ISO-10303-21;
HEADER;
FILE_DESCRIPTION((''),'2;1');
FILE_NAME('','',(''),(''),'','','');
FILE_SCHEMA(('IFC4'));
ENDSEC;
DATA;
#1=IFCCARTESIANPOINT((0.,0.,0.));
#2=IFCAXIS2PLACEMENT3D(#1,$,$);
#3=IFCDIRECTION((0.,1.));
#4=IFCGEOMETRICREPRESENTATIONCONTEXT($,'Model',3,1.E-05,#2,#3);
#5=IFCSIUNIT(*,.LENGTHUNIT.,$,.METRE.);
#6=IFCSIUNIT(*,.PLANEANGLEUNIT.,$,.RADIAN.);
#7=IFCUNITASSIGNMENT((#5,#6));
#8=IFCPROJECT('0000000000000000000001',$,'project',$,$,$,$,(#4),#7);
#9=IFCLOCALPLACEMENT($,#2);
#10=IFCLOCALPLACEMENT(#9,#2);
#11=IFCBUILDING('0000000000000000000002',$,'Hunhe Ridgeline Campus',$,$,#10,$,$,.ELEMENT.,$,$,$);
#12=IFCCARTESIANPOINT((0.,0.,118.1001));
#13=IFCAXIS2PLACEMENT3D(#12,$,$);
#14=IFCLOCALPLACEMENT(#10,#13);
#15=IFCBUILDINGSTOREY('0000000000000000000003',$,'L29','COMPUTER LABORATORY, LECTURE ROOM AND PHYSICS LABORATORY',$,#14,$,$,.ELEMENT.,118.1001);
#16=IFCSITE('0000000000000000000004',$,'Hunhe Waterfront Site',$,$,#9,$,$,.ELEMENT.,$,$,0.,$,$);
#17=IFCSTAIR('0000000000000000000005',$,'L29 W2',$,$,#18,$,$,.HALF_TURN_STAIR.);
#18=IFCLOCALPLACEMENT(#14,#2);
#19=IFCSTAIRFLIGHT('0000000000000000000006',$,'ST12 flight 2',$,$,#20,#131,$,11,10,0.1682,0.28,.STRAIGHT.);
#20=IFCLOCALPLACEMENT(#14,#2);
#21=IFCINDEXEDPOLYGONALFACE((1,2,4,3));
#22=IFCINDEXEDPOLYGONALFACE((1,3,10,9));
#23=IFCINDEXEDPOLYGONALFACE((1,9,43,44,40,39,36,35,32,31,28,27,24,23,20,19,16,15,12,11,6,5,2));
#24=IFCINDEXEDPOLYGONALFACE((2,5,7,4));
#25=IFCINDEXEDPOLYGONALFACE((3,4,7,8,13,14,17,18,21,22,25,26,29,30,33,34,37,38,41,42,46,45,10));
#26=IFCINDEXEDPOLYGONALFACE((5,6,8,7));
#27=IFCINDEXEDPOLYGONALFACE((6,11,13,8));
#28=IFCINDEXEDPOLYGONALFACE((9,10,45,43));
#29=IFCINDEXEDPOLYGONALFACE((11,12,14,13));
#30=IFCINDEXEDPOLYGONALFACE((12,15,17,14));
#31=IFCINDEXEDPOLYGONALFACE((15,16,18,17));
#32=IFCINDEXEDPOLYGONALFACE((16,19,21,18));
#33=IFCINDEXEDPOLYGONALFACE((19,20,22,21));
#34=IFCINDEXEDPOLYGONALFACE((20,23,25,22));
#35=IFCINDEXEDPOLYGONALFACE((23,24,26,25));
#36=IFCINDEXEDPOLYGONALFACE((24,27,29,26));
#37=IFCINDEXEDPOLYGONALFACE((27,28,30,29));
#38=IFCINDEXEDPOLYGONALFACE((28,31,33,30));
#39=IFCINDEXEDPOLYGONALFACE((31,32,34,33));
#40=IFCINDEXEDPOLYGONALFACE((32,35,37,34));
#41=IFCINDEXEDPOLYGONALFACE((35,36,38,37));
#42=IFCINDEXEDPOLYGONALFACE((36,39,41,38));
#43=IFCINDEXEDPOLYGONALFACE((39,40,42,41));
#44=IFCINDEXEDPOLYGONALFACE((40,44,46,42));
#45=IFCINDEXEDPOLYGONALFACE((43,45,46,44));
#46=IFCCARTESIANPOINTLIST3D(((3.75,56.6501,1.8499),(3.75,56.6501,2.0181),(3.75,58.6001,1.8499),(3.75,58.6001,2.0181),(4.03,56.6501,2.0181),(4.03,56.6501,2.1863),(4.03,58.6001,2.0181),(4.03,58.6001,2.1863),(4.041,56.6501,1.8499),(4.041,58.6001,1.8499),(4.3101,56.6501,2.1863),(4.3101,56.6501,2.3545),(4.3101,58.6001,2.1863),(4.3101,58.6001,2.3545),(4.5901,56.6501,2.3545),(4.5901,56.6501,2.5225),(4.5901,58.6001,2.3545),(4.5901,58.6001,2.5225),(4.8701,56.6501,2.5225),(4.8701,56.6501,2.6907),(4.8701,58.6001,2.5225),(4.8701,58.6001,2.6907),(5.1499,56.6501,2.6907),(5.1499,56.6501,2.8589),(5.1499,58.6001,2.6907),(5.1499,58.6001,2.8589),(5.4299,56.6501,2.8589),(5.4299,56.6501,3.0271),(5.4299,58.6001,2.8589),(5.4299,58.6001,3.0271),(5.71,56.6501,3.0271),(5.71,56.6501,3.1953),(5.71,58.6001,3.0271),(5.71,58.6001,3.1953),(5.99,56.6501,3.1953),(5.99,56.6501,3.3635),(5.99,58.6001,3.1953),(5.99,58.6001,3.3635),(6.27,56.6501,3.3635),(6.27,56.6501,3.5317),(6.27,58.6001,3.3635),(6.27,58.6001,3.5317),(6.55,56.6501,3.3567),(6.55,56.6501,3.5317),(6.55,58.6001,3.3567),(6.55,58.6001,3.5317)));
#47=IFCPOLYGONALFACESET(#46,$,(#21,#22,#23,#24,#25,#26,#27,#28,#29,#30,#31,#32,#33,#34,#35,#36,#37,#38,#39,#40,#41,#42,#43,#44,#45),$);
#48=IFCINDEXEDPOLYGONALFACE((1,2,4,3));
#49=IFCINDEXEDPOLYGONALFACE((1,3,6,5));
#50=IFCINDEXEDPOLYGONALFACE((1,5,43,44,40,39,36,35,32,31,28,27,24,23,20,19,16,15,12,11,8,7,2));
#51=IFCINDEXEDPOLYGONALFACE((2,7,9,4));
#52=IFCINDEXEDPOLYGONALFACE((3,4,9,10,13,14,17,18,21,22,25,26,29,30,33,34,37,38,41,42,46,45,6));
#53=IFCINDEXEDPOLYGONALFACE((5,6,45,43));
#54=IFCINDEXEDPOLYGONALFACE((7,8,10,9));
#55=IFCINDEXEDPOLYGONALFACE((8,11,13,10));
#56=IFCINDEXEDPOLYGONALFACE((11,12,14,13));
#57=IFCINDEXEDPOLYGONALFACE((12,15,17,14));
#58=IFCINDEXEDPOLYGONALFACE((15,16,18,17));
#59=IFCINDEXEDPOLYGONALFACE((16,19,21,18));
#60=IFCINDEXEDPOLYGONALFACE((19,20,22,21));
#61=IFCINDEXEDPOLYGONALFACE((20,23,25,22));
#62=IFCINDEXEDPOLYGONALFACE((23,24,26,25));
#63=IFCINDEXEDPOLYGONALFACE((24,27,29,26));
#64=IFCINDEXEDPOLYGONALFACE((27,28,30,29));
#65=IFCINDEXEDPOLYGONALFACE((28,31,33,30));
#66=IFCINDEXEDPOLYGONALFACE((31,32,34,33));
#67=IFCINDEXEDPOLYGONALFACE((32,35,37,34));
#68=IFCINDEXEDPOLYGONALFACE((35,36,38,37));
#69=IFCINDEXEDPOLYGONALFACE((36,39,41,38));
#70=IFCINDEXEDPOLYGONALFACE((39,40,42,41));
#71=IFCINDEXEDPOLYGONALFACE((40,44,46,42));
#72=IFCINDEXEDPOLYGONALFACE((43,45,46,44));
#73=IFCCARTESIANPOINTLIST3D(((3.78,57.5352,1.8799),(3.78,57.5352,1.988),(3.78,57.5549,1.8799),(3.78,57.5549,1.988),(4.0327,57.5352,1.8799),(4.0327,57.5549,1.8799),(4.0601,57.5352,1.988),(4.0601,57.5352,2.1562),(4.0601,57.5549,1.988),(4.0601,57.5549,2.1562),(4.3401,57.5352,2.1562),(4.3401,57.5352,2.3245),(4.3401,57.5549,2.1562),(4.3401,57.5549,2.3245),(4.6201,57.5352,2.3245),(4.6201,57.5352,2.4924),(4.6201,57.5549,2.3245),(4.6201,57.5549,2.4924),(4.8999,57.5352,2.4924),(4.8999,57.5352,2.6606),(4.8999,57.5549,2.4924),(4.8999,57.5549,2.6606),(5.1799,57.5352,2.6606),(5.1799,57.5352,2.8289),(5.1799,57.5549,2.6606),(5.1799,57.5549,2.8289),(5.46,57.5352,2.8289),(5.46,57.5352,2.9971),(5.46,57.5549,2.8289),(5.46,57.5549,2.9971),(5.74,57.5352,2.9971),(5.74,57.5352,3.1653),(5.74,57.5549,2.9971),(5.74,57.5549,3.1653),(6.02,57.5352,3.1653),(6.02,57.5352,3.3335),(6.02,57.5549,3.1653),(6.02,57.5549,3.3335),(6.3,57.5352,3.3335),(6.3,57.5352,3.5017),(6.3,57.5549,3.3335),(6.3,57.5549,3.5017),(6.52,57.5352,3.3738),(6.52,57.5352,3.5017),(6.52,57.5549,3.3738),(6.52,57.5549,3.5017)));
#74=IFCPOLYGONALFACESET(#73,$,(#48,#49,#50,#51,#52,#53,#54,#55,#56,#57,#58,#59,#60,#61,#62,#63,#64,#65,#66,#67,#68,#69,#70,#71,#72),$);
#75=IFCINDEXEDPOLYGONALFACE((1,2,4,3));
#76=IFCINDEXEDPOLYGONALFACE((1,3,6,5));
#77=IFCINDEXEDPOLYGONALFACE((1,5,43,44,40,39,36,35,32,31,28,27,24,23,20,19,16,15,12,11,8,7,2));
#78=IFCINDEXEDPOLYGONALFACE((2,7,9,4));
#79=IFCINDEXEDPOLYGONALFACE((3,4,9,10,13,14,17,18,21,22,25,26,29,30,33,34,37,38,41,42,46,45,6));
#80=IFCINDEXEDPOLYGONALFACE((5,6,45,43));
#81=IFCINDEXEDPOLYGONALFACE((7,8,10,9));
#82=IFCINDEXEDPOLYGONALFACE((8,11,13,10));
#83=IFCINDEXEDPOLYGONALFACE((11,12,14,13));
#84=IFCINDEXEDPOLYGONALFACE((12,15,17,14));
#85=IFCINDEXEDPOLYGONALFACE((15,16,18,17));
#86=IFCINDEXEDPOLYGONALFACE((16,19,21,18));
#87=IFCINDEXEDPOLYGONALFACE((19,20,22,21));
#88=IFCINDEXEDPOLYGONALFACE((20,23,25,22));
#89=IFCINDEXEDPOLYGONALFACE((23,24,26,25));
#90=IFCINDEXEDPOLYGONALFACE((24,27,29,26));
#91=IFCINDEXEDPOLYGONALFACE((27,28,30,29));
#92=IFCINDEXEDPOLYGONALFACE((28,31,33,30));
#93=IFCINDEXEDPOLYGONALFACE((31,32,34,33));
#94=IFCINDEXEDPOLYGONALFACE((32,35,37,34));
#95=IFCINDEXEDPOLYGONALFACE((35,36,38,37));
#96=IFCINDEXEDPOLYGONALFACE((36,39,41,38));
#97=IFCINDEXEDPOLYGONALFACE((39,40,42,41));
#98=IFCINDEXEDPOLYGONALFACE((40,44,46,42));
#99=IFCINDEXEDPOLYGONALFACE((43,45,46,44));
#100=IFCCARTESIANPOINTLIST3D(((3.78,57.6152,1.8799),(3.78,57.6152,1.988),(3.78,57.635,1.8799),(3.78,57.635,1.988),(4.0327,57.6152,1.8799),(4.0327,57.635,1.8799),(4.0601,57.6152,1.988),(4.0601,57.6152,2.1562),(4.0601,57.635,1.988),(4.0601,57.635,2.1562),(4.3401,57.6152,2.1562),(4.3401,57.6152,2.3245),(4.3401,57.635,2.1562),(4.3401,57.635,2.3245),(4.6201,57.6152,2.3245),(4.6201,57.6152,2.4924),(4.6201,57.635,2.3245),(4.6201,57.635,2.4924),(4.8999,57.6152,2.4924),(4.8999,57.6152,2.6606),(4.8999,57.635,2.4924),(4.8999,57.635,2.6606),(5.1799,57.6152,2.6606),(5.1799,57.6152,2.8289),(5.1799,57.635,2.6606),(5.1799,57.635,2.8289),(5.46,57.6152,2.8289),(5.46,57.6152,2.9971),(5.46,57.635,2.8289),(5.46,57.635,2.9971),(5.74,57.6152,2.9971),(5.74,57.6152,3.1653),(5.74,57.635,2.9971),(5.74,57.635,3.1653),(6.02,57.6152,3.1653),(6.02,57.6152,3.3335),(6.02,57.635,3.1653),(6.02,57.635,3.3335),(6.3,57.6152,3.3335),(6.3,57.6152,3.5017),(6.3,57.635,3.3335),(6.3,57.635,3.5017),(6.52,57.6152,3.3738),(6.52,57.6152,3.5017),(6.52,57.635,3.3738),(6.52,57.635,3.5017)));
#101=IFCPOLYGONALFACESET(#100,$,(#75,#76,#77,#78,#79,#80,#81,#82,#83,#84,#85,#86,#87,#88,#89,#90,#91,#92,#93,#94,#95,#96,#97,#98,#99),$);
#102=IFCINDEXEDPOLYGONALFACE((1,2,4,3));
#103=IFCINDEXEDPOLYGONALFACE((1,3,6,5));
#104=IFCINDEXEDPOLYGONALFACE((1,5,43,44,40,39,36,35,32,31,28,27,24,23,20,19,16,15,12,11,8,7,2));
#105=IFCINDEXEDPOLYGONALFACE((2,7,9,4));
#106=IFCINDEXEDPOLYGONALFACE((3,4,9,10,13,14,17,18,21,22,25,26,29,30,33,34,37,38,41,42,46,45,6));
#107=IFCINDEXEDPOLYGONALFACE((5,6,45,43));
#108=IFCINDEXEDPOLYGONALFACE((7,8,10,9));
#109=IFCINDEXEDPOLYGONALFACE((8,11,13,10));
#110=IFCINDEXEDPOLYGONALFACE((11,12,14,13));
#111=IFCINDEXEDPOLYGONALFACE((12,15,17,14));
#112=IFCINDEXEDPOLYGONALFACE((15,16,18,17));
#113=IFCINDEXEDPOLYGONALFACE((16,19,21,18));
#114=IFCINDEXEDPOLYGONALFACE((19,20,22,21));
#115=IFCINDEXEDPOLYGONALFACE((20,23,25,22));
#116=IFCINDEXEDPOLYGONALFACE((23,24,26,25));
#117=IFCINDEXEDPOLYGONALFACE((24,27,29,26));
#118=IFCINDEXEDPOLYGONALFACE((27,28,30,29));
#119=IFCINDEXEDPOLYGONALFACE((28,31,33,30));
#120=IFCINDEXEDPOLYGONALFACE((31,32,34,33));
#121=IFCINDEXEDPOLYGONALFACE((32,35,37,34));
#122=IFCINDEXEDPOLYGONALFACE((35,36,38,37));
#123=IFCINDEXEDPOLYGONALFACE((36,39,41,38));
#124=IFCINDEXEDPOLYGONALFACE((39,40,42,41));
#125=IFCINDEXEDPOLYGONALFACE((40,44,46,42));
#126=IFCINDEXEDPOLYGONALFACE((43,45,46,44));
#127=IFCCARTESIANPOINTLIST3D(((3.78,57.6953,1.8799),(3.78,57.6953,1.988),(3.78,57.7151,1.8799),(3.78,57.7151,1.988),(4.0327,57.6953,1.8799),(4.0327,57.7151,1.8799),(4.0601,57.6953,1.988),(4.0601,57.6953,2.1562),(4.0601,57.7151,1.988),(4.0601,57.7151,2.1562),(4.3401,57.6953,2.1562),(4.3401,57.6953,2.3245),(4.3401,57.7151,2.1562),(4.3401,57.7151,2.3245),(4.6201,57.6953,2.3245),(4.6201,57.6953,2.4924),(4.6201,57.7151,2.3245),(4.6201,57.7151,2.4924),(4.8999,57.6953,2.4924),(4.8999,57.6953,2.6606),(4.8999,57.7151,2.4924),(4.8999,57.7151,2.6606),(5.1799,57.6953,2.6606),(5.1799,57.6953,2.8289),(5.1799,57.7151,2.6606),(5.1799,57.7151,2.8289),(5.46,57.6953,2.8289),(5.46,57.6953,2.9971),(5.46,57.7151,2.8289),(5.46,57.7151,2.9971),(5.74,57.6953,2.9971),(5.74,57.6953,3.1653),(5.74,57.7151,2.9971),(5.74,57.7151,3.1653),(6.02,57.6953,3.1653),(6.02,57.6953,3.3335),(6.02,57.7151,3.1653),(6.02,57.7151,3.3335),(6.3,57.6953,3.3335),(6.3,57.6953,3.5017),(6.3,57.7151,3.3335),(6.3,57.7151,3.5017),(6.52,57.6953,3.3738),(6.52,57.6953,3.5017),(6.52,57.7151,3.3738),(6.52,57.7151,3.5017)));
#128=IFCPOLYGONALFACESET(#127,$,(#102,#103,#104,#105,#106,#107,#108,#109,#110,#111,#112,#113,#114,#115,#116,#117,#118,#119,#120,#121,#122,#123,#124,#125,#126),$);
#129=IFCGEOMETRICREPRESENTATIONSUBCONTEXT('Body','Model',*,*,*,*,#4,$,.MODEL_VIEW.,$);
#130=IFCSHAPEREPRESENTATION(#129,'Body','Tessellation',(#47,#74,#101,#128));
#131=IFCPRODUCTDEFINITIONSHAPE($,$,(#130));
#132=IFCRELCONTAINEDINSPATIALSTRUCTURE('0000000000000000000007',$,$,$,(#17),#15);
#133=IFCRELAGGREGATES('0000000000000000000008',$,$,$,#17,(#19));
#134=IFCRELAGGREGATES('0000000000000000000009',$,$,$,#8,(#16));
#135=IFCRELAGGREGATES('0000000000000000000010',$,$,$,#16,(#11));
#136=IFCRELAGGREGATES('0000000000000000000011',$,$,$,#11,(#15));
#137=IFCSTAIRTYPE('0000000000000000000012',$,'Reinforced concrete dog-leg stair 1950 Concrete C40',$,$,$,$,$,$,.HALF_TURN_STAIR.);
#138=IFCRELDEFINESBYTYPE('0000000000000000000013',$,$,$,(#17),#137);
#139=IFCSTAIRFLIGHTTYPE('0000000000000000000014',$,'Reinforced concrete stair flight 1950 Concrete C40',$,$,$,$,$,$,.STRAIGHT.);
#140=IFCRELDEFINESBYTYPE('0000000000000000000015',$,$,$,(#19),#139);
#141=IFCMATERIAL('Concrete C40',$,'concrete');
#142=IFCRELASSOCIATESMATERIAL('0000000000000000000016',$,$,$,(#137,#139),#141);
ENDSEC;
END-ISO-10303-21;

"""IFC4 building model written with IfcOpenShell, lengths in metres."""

from ifc_helpers import new_model, si_unit, direction, frame, origin, place, context, subcontext, project, spatial, polyline, outline, extrude, material, type_object, element, aggregate, save


model = new_model("IFC4")

# Units and contexts
model_context = context("Model", 3, precision=1e-05, world=origin(), true_north=direction((0.0, 1.0)))
body_context = subcontext(model_context, "Body", "Model", "MODEL_VIEW")
ifc_project = project(units=[si_unit("LENGTHUNIT", "METRE"), si_unit("PLANEANGLEUNIT", "RADIAN")], contexts=[model_context])

# Site, building, storey
site_placement = place(None, origin())
site = spatial("IfcSite", under=ifc_project, at=site_placement, Name="Hunhe Waterfront Site", CompositionType="ELEMENT", RefElevation=0.0)
building_placement = place(site_placement, origin())
building = spatial("IfcBuilding", under=site, at=building_placement, Name="Hunhe Ridgeline Campus", CompositionType="ELEMENT")
storey_placement = place(building_placement, frame((0.0, 0.0, 118.1001)))
storey = spatial("IfcBuildingStorey", under=building, at=storey_placement, Name="L29", Description="COMPUTER LABORATORY, LECTURE ROOM AND PHYSICS LABORATORY", CompositionType="ELEMENT", Elevation=118.1001)

# Shared definitions
ifc_material_1 = material(Name="Concrete C40", Category="concrete")
stair_type = type_object("IfcStairType", Name="Reinforced concrete dog-leg stair 1950 Concrete C40", PredefinedType="HALF_TURN_STAIR", material=ifc_material_1)
stair_flight_type = type_object("IfcStairFlightType", Name="Reinforced concrete stair flight 1950 Concrete C40", PredefinedType="STRAIGHT", material=ifc_material_1)

# Stair, stair flight
stair_1_placement = place(storey_placement, origin())
stair_1 = element("IfcStair", 1, at=stair_1_placement, inside=storey, type_object=stair_type, Name="L29 W2", PredefinedType="HALF_TURN_STAIR")
stair_flight_1_placement = place(storey_placement, frame((3.75, 57.625, 1.8499), z_axis=(0.0, 0.0, 1.0), x_axis=(1.0, 0.0, 0.0)))
stair_flight_1 = element("IfcStairFlight", 2, at=stair_flight_1_placement, type_object=stair_flight_type, Name="ST12 flight 2", NumberOfRisers=11, NumberOfTreads=10, PredefinedType="STRAIGHT", RiserHeight=0.1682, TreadLength=0.28, context=body_context, shape_type="SweptSolid", body=[
    extrude(outline(polyline([(0.0, 0.0), (0.0, 0.1682), (0.28, 0.1682), (0.28, 0.3364), (0.5601, 0.3364), (0.5601, 0.5046), (0.8401, 0.5046), (0.8401, 0.6726), (1.1201, 0.6726), (1.1201, 0.8408), (1.3999, 0.8408), (1.3999, 1.009), (1.6799, 1.009), (1.6799, 1.1772), (1.96, 1.1772), (1.96, 1.3455), (2.24, 1.3455), (2.24, 1.5137), (2.52, 1.5137), (2.52, 1.6819), (2.8, 1.6819), (2.8, 1.8501), (2.8, 1.5068), (0.291, 0.0), (0.0, 0.0)])), frame((0.0, 0.9751, 0.0), z_axis=(0.0, -1.0, 0.0), x_axis=(1.0, 0.0, 0.0)), (0.0, 0.0, 1.0), 1.95),
    extrude(outline(polyline([(0.03, 0.03), (0.03, 0.1382), (0.3101, 0.1382), (0.3101, 0.3064), (0.5901, 0.3064), (0.5901, 0.4746), (0.8701, 0.4746), (0.8701, 0.6426), (1.1499, 0.6426), (1.1499, 0.8108), (1.4299, 0.8108), (1.4299, 0.979), (1.71, 0.979), (1.71, 1.1472), (1.99, 1.1472), (1.99, 1.3154), (2.27, 1.3154), (2.27, 1.4836), (2.55, 1.4836), (2.55, 1.6519), (2.77, 1.6519), (2.77, 1.5239), (0.2827, 0.03), (0.03, 0.03)])), frame((0.0, -0.0701, 0.0), z_axis=(0.0, -1.0, 0.0), x_axis=(1.0, 0.0, 0.0)), (0.0, 0.0, 1.0), 0.0198),
    extrude(outline(polyline([(0.03, 0.03), (0.03, 0.1382), (0.3101, 0.1382), (0.3101, 0.3064), (0.5901, 0.3064), (0.5901, 0.4746), (0.8701, 0.4746), (0.8701, 0.6426), (1.1499, 0.6426), (1.1499, 0.8108), (1.4299, 0.8108), (1.4299, 0.979), (1.71, 0.979), (1.71, 1.1472), (1.99, 1.1472), (1.99, 1.3154), (2.27, 1.3154), (2.27, 1.4836), (2.55, 1.4836), (2.55, 1.6519), (2.77, 1.6519), (2.77, 1.5239), (0.2827, 0.03), (0.03, 0.03)])), frame((0.0, 0.01, 0.0), z_axis=(0.0, -1.0, 0.0), x_axis=(1.0, 0.0, 0.0)), (0.0, 0.0, 1.0), 0.0198),
    extrude(outline(polyline([(0.03, 0.03), (0.03, 0.1382), (0.3101, 0.1382), (0.3101, 0.3064), (0.5901, 0.3064), (0.5901, 0.4746), (0.8701, 0.4746), (0.8701, 0.6426), (1.1499, 0.6426), (1.1499, 0.8108), (1.4299, 0.8108), (1.4299, 0.979), (1.71, 0.979), (1.71, 1.1472), (1.99, 1.1472), (1.99, 1.3154), (2.27, 1.3154), (2.27, 1.4836), (2.55, 1.4836), (2.55, 1.6519), (2.77, 1.6519), (2.77, 1.5239), (0.2827, 0.03), (0.03, 0.03)])), frame((0.0, 0.0901, 0.0), z_axis=(0.0, -1.0, 0.0), x_axis=(1.0, 0.0, 0.0)), (0.0, 0.0, 1.0), 0.0198),
])
aggregate(stair_1, [stair_flight_1])

save(model, "model.ifc")
